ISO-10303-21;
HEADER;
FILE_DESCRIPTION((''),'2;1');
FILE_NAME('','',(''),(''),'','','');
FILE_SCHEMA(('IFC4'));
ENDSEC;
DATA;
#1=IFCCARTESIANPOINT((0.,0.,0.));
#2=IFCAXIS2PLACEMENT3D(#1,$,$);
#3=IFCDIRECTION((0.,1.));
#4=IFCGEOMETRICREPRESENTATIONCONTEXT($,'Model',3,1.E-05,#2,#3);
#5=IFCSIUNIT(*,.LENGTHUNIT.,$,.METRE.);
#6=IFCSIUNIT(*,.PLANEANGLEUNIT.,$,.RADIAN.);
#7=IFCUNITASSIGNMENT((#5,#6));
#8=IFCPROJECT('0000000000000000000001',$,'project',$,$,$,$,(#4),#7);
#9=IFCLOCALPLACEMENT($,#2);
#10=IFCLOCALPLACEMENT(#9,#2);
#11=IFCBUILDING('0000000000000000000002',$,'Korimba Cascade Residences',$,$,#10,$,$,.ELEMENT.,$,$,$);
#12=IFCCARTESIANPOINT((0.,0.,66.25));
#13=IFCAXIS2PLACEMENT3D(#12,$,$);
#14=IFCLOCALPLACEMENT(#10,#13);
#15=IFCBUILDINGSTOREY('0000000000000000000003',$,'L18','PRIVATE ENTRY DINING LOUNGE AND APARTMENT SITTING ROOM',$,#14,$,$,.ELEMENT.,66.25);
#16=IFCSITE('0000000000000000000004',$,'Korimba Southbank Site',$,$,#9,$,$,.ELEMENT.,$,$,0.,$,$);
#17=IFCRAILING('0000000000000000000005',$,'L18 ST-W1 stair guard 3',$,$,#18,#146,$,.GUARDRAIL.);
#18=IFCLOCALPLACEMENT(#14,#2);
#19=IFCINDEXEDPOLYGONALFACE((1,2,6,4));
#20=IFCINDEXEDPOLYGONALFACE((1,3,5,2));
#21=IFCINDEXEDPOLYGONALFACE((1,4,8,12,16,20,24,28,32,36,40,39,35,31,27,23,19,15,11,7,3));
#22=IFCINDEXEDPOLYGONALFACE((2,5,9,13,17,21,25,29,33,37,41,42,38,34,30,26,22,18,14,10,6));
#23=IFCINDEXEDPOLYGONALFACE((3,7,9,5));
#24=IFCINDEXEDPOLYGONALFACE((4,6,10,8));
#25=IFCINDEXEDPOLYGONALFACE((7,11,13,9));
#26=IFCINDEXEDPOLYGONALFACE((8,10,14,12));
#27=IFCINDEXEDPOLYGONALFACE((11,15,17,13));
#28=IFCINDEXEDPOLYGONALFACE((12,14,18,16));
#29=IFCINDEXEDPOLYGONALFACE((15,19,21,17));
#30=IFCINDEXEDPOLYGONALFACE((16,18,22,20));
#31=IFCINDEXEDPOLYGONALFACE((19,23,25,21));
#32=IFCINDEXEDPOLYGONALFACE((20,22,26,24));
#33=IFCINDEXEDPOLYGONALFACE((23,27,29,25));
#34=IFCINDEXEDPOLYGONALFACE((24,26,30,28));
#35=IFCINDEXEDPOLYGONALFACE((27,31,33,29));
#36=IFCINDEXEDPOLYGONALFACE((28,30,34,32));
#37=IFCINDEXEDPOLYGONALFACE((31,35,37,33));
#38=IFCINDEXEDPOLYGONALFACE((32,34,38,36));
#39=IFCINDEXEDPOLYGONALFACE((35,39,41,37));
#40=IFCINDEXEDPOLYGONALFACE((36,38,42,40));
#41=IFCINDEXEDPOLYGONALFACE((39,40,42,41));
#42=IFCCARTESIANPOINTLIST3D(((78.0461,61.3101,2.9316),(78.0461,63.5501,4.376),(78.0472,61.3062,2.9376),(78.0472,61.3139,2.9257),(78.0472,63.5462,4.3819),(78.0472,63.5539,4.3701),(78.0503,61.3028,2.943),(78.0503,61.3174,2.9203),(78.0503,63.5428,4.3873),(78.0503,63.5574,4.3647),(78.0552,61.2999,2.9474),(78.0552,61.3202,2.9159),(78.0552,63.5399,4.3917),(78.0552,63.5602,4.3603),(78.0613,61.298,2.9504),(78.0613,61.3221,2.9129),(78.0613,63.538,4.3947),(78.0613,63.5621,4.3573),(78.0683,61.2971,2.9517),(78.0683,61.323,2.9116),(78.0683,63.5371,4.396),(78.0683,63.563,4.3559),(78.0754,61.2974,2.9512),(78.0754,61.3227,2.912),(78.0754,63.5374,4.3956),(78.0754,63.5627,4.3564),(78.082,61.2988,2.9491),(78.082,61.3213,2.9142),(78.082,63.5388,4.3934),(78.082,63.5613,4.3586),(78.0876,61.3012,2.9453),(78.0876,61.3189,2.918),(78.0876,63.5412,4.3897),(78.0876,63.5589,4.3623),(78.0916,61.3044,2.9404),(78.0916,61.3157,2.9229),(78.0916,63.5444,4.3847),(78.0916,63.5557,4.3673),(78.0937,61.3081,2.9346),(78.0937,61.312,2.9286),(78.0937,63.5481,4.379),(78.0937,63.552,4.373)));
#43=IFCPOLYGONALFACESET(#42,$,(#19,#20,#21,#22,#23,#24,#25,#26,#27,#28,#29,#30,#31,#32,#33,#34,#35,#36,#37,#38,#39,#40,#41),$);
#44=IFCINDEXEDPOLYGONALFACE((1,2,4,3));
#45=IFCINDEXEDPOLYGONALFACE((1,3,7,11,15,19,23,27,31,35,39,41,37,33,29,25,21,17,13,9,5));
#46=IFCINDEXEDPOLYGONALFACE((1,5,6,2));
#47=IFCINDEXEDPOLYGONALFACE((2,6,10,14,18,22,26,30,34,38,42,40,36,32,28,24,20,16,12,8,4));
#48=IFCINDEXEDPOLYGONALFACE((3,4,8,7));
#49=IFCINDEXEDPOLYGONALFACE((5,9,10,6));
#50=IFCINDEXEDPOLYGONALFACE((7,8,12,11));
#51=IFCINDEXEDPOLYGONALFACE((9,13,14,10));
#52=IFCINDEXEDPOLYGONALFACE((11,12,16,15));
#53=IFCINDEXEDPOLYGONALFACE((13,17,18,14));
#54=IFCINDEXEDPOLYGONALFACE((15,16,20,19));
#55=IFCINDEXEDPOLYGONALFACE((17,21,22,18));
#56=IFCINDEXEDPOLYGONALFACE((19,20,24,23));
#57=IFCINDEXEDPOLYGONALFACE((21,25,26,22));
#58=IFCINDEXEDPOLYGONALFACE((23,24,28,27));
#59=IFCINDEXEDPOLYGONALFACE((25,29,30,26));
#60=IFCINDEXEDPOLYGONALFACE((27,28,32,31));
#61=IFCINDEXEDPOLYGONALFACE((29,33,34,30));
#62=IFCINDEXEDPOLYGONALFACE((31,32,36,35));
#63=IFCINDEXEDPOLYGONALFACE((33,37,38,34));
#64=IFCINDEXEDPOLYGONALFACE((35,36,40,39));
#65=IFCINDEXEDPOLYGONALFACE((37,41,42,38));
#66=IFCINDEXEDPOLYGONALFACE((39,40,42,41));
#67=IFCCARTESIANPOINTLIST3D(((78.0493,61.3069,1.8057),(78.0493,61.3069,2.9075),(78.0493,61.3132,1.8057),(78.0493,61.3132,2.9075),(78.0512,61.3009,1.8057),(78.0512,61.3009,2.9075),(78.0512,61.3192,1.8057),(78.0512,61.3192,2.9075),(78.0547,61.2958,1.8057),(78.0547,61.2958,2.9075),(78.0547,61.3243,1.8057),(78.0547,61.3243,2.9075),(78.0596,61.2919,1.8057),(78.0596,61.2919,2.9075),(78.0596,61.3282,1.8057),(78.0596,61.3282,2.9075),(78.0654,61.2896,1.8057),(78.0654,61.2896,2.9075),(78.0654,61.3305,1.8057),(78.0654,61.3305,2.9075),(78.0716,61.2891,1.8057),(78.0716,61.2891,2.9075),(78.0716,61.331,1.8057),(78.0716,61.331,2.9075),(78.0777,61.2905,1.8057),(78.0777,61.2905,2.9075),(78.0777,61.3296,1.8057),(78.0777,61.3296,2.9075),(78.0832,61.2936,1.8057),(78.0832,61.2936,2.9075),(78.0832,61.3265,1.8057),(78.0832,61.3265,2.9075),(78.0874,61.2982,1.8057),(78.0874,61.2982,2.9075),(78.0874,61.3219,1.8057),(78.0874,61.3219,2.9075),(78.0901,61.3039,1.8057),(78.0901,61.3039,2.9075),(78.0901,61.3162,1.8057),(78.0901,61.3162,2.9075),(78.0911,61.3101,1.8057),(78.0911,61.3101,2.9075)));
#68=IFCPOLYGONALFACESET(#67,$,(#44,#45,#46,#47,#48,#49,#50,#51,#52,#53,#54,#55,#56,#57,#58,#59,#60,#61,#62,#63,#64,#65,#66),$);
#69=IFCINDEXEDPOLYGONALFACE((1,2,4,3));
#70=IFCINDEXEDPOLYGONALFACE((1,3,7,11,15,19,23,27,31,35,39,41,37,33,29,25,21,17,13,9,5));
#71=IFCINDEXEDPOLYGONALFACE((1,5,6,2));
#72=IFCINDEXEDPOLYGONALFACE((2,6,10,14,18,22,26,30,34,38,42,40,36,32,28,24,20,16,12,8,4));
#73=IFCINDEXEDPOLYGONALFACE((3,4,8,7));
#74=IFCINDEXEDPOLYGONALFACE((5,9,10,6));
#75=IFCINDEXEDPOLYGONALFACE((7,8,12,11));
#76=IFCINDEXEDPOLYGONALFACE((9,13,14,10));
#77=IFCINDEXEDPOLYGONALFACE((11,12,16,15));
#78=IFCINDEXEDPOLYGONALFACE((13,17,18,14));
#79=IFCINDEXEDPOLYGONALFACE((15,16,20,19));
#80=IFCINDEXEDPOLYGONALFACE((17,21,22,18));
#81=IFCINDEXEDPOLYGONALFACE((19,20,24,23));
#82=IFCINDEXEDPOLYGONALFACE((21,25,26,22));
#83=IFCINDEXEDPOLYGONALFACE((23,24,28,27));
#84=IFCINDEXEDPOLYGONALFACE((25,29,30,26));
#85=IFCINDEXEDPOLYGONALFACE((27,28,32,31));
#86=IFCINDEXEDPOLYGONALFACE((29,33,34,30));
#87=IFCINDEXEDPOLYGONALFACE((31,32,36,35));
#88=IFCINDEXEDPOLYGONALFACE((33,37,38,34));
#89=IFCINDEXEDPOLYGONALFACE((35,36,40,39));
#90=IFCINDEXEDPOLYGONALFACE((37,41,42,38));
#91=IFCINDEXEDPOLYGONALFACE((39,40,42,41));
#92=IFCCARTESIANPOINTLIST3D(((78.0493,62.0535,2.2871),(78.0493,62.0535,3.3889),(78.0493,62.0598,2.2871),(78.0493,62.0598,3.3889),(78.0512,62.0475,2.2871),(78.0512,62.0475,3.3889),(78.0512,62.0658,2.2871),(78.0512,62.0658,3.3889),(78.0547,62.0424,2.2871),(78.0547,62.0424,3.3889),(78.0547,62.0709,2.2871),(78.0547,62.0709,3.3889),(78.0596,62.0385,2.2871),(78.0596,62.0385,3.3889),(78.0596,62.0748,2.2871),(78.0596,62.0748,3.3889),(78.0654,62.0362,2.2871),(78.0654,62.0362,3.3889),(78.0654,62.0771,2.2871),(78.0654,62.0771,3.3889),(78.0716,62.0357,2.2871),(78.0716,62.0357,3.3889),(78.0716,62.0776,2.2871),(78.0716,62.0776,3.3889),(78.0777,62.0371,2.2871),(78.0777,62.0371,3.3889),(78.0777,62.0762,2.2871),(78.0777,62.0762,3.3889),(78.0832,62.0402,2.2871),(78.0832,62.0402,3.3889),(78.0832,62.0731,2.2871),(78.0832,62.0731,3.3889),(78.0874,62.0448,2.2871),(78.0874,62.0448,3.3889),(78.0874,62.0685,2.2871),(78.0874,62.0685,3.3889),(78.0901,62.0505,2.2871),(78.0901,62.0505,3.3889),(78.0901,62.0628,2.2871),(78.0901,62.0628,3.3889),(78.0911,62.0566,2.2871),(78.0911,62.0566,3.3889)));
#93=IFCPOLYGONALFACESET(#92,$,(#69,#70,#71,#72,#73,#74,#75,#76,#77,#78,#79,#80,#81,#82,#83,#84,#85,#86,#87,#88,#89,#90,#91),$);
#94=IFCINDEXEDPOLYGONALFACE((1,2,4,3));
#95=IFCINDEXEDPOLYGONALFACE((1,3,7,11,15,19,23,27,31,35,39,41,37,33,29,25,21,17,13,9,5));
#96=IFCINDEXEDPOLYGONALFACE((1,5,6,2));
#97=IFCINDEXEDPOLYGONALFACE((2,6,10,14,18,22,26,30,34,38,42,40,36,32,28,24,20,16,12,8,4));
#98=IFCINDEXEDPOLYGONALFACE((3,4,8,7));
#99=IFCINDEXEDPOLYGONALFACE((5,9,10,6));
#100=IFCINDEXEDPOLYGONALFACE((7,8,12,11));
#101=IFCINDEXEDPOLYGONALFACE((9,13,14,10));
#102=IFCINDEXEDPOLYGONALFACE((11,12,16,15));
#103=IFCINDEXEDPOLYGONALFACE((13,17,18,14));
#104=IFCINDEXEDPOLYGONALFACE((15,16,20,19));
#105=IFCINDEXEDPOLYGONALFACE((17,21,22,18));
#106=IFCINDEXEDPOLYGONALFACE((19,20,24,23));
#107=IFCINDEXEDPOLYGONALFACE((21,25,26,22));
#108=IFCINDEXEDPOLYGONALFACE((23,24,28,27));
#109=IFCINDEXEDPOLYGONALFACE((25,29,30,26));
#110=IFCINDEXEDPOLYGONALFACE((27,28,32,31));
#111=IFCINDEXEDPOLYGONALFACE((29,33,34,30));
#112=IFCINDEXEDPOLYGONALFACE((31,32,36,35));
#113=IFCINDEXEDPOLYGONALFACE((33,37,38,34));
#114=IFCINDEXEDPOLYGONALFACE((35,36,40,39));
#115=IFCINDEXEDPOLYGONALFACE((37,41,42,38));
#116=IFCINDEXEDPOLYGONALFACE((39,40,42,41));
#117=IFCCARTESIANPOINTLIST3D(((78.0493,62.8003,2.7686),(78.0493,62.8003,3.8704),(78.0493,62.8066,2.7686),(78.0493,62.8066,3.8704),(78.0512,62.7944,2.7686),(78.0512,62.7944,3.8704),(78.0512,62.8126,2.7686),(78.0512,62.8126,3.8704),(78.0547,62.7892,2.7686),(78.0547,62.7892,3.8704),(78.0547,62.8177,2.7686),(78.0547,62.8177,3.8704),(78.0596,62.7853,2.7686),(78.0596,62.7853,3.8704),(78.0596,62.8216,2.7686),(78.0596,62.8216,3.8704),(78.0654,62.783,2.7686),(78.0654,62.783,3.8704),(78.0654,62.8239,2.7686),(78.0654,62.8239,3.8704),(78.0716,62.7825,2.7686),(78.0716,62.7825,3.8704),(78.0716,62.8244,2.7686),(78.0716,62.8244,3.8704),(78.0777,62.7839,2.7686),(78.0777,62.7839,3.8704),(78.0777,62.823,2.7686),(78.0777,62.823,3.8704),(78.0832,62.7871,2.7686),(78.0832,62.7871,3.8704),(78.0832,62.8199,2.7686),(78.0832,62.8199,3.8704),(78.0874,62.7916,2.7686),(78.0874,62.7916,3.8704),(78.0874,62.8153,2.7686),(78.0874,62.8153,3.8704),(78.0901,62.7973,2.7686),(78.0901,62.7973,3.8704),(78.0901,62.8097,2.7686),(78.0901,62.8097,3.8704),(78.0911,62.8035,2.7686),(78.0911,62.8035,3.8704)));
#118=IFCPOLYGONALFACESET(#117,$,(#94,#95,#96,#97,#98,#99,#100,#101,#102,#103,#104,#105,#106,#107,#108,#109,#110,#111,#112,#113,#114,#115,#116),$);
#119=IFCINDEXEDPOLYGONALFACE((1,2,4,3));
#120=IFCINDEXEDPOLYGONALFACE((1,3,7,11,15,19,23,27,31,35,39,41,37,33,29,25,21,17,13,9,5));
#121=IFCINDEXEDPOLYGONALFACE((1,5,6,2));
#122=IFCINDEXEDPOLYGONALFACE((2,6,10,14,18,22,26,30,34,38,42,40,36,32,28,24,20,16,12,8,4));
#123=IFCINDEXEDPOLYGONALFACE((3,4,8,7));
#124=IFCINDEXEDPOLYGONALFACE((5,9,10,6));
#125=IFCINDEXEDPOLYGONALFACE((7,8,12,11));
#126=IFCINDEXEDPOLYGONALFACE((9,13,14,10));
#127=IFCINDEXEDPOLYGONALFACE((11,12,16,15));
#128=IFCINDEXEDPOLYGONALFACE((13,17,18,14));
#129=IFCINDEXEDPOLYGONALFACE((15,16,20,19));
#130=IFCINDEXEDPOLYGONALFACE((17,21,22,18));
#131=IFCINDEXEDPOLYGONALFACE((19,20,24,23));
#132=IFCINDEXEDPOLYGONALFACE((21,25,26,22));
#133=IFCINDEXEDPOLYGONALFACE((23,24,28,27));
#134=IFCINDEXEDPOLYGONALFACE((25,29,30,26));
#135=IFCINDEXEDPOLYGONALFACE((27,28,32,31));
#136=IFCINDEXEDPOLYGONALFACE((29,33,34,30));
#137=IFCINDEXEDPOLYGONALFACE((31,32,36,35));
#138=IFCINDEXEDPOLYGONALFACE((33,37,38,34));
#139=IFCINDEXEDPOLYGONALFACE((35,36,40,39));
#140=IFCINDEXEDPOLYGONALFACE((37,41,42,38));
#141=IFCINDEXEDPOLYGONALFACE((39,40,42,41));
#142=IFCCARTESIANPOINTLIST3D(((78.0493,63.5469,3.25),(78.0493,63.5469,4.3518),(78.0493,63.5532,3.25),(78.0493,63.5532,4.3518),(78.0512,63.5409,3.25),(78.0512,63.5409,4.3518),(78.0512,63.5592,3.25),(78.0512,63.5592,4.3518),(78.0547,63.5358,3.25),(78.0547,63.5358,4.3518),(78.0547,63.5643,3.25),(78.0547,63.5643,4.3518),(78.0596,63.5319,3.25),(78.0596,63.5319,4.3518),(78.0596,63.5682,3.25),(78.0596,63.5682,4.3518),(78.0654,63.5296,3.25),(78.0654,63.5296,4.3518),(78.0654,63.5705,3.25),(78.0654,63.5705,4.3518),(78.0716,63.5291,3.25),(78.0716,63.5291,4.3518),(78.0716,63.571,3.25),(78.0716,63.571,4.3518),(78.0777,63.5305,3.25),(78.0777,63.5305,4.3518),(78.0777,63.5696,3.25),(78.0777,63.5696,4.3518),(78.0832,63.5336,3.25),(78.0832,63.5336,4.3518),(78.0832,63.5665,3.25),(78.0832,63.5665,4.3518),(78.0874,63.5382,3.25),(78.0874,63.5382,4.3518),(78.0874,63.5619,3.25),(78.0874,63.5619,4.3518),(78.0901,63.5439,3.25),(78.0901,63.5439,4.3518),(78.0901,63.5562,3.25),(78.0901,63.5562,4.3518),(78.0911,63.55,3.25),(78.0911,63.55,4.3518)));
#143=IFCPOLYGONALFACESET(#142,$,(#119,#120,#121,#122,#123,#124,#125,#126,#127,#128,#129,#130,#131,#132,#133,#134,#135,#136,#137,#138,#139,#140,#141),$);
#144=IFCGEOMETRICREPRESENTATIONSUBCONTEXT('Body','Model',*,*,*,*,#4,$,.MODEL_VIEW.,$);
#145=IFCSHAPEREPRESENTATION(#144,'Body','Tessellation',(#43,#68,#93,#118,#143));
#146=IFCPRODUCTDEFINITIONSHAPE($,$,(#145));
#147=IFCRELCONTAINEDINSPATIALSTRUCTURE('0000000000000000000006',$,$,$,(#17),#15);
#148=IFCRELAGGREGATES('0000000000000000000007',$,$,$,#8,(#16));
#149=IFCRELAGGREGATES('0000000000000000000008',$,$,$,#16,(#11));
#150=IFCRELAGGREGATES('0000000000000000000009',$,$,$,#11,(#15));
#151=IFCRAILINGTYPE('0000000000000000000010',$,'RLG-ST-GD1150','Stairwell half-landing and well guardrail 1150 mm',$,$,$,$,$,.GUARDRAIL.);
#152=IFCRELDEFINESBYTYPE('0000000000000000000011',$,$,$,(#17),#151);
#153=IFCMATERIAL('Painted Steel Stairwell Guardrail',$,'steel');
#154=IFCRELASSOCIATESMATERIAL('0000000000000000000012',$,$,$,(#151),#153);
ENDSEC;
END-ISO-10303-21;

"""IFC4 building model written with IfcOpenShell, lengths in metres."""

from ifc_helpers import new_model, si_unit, direction, frame, origin, origin_2d, place, context, subcontext, project, spatial, circle, extrude, material, type_object, element, save


model = new_model("IFC4")

# Units and contexts
model_context = context("Model", 3, precision=1e-05, world=origin(), true_north=direction((0.0, 1.0)))
body_context = subcontext(model_context, "Body", "Model", "MODEL_VIEW")
ifc_project = project(units=[si_unit("LENGTHUNIT", "METRE"), si_unit("PLANEANGLEUNIT", "RADIAN")], contexts=[model_context])

# Site, building, storey
site_placement = place(None, origin())
site = spatial("IfcSite", under=ifc_project, at=site_placement, Name="Korimba Southbank Site", CompositionType="ELEMENT", RefElevation=0.0)
building_placement = place(site_placement, origin())
building = spatial("IfcBuilding", under=site, at=building_placement, Name="Korimba Cascade Residences", CompositionType="ELEMENT")
storey_placement = place(building_placement, frame((0.0, 0.0, 66.25)))
storey = spatial("IfcBuildingStorey", under=building, at=storey_placement, Name="L18", Description="PRIVATE ENTRY DINING LOUNGE AND APARTMENT SITTING ROOM", CompositionType="ELEMENT", Elevation=66.25)

# Railing
ifc_material_1 = material(Name="Painted Steel Stairwell Guardrail", Category="steel")
railing_type_1 = type_object("IfcRailingType", Name="RLG-ST-GD1150", Description="Stairwell half-landing and well guardrail 1150 mm", PredefinedType="GUARDRAIL", material=ifc_material_1)
railing_1_placement = place(storey_placement, frame((78.0701, 61.3101, 1.8057)))
element("IfcRailing", 1, at=railing_1_placement, inside=storey, type_object=railing_type_1, Name="L18 ST-W1 stair guard 3", PredefinedType="GUARDRAIL", context=body_context, shape_type="SweptSolid", body=[
    extrude(circle(Radius=0.0239, at=origin_2d()), frame((0.0, 0.0, 1.126), z_axis=(0.0, 0.840437, 0.54191), x_axis=(-1.0, 0.0, 0.0)), (0.0, 0.0, 1.0), 2.6653),
    extrude(circle(Radius=0.021, at=origin_2d()), origin(), (0.0, 0.0, 1.0), 1.1018),
    extrude(circle(Radius=0.021, at=origin_2d()), frame((0.0, 0.7466, 0.4814)), (0.0, 0.0, 1.0), 1.1018),
    extrude(circle(Radius=0.021, at=origin_2d()), frame((0.0, 1.4934, 0.9629)), (0.0, 0.0, 1.0), 1.1018),
    extrude(circle(Radius=0.021, at=origin_2d()), frame((0.0, 2.24, 1.4443)), (0.0, 0.0, 1.0), 1.1018),
])

save(model, "model.ifc")
